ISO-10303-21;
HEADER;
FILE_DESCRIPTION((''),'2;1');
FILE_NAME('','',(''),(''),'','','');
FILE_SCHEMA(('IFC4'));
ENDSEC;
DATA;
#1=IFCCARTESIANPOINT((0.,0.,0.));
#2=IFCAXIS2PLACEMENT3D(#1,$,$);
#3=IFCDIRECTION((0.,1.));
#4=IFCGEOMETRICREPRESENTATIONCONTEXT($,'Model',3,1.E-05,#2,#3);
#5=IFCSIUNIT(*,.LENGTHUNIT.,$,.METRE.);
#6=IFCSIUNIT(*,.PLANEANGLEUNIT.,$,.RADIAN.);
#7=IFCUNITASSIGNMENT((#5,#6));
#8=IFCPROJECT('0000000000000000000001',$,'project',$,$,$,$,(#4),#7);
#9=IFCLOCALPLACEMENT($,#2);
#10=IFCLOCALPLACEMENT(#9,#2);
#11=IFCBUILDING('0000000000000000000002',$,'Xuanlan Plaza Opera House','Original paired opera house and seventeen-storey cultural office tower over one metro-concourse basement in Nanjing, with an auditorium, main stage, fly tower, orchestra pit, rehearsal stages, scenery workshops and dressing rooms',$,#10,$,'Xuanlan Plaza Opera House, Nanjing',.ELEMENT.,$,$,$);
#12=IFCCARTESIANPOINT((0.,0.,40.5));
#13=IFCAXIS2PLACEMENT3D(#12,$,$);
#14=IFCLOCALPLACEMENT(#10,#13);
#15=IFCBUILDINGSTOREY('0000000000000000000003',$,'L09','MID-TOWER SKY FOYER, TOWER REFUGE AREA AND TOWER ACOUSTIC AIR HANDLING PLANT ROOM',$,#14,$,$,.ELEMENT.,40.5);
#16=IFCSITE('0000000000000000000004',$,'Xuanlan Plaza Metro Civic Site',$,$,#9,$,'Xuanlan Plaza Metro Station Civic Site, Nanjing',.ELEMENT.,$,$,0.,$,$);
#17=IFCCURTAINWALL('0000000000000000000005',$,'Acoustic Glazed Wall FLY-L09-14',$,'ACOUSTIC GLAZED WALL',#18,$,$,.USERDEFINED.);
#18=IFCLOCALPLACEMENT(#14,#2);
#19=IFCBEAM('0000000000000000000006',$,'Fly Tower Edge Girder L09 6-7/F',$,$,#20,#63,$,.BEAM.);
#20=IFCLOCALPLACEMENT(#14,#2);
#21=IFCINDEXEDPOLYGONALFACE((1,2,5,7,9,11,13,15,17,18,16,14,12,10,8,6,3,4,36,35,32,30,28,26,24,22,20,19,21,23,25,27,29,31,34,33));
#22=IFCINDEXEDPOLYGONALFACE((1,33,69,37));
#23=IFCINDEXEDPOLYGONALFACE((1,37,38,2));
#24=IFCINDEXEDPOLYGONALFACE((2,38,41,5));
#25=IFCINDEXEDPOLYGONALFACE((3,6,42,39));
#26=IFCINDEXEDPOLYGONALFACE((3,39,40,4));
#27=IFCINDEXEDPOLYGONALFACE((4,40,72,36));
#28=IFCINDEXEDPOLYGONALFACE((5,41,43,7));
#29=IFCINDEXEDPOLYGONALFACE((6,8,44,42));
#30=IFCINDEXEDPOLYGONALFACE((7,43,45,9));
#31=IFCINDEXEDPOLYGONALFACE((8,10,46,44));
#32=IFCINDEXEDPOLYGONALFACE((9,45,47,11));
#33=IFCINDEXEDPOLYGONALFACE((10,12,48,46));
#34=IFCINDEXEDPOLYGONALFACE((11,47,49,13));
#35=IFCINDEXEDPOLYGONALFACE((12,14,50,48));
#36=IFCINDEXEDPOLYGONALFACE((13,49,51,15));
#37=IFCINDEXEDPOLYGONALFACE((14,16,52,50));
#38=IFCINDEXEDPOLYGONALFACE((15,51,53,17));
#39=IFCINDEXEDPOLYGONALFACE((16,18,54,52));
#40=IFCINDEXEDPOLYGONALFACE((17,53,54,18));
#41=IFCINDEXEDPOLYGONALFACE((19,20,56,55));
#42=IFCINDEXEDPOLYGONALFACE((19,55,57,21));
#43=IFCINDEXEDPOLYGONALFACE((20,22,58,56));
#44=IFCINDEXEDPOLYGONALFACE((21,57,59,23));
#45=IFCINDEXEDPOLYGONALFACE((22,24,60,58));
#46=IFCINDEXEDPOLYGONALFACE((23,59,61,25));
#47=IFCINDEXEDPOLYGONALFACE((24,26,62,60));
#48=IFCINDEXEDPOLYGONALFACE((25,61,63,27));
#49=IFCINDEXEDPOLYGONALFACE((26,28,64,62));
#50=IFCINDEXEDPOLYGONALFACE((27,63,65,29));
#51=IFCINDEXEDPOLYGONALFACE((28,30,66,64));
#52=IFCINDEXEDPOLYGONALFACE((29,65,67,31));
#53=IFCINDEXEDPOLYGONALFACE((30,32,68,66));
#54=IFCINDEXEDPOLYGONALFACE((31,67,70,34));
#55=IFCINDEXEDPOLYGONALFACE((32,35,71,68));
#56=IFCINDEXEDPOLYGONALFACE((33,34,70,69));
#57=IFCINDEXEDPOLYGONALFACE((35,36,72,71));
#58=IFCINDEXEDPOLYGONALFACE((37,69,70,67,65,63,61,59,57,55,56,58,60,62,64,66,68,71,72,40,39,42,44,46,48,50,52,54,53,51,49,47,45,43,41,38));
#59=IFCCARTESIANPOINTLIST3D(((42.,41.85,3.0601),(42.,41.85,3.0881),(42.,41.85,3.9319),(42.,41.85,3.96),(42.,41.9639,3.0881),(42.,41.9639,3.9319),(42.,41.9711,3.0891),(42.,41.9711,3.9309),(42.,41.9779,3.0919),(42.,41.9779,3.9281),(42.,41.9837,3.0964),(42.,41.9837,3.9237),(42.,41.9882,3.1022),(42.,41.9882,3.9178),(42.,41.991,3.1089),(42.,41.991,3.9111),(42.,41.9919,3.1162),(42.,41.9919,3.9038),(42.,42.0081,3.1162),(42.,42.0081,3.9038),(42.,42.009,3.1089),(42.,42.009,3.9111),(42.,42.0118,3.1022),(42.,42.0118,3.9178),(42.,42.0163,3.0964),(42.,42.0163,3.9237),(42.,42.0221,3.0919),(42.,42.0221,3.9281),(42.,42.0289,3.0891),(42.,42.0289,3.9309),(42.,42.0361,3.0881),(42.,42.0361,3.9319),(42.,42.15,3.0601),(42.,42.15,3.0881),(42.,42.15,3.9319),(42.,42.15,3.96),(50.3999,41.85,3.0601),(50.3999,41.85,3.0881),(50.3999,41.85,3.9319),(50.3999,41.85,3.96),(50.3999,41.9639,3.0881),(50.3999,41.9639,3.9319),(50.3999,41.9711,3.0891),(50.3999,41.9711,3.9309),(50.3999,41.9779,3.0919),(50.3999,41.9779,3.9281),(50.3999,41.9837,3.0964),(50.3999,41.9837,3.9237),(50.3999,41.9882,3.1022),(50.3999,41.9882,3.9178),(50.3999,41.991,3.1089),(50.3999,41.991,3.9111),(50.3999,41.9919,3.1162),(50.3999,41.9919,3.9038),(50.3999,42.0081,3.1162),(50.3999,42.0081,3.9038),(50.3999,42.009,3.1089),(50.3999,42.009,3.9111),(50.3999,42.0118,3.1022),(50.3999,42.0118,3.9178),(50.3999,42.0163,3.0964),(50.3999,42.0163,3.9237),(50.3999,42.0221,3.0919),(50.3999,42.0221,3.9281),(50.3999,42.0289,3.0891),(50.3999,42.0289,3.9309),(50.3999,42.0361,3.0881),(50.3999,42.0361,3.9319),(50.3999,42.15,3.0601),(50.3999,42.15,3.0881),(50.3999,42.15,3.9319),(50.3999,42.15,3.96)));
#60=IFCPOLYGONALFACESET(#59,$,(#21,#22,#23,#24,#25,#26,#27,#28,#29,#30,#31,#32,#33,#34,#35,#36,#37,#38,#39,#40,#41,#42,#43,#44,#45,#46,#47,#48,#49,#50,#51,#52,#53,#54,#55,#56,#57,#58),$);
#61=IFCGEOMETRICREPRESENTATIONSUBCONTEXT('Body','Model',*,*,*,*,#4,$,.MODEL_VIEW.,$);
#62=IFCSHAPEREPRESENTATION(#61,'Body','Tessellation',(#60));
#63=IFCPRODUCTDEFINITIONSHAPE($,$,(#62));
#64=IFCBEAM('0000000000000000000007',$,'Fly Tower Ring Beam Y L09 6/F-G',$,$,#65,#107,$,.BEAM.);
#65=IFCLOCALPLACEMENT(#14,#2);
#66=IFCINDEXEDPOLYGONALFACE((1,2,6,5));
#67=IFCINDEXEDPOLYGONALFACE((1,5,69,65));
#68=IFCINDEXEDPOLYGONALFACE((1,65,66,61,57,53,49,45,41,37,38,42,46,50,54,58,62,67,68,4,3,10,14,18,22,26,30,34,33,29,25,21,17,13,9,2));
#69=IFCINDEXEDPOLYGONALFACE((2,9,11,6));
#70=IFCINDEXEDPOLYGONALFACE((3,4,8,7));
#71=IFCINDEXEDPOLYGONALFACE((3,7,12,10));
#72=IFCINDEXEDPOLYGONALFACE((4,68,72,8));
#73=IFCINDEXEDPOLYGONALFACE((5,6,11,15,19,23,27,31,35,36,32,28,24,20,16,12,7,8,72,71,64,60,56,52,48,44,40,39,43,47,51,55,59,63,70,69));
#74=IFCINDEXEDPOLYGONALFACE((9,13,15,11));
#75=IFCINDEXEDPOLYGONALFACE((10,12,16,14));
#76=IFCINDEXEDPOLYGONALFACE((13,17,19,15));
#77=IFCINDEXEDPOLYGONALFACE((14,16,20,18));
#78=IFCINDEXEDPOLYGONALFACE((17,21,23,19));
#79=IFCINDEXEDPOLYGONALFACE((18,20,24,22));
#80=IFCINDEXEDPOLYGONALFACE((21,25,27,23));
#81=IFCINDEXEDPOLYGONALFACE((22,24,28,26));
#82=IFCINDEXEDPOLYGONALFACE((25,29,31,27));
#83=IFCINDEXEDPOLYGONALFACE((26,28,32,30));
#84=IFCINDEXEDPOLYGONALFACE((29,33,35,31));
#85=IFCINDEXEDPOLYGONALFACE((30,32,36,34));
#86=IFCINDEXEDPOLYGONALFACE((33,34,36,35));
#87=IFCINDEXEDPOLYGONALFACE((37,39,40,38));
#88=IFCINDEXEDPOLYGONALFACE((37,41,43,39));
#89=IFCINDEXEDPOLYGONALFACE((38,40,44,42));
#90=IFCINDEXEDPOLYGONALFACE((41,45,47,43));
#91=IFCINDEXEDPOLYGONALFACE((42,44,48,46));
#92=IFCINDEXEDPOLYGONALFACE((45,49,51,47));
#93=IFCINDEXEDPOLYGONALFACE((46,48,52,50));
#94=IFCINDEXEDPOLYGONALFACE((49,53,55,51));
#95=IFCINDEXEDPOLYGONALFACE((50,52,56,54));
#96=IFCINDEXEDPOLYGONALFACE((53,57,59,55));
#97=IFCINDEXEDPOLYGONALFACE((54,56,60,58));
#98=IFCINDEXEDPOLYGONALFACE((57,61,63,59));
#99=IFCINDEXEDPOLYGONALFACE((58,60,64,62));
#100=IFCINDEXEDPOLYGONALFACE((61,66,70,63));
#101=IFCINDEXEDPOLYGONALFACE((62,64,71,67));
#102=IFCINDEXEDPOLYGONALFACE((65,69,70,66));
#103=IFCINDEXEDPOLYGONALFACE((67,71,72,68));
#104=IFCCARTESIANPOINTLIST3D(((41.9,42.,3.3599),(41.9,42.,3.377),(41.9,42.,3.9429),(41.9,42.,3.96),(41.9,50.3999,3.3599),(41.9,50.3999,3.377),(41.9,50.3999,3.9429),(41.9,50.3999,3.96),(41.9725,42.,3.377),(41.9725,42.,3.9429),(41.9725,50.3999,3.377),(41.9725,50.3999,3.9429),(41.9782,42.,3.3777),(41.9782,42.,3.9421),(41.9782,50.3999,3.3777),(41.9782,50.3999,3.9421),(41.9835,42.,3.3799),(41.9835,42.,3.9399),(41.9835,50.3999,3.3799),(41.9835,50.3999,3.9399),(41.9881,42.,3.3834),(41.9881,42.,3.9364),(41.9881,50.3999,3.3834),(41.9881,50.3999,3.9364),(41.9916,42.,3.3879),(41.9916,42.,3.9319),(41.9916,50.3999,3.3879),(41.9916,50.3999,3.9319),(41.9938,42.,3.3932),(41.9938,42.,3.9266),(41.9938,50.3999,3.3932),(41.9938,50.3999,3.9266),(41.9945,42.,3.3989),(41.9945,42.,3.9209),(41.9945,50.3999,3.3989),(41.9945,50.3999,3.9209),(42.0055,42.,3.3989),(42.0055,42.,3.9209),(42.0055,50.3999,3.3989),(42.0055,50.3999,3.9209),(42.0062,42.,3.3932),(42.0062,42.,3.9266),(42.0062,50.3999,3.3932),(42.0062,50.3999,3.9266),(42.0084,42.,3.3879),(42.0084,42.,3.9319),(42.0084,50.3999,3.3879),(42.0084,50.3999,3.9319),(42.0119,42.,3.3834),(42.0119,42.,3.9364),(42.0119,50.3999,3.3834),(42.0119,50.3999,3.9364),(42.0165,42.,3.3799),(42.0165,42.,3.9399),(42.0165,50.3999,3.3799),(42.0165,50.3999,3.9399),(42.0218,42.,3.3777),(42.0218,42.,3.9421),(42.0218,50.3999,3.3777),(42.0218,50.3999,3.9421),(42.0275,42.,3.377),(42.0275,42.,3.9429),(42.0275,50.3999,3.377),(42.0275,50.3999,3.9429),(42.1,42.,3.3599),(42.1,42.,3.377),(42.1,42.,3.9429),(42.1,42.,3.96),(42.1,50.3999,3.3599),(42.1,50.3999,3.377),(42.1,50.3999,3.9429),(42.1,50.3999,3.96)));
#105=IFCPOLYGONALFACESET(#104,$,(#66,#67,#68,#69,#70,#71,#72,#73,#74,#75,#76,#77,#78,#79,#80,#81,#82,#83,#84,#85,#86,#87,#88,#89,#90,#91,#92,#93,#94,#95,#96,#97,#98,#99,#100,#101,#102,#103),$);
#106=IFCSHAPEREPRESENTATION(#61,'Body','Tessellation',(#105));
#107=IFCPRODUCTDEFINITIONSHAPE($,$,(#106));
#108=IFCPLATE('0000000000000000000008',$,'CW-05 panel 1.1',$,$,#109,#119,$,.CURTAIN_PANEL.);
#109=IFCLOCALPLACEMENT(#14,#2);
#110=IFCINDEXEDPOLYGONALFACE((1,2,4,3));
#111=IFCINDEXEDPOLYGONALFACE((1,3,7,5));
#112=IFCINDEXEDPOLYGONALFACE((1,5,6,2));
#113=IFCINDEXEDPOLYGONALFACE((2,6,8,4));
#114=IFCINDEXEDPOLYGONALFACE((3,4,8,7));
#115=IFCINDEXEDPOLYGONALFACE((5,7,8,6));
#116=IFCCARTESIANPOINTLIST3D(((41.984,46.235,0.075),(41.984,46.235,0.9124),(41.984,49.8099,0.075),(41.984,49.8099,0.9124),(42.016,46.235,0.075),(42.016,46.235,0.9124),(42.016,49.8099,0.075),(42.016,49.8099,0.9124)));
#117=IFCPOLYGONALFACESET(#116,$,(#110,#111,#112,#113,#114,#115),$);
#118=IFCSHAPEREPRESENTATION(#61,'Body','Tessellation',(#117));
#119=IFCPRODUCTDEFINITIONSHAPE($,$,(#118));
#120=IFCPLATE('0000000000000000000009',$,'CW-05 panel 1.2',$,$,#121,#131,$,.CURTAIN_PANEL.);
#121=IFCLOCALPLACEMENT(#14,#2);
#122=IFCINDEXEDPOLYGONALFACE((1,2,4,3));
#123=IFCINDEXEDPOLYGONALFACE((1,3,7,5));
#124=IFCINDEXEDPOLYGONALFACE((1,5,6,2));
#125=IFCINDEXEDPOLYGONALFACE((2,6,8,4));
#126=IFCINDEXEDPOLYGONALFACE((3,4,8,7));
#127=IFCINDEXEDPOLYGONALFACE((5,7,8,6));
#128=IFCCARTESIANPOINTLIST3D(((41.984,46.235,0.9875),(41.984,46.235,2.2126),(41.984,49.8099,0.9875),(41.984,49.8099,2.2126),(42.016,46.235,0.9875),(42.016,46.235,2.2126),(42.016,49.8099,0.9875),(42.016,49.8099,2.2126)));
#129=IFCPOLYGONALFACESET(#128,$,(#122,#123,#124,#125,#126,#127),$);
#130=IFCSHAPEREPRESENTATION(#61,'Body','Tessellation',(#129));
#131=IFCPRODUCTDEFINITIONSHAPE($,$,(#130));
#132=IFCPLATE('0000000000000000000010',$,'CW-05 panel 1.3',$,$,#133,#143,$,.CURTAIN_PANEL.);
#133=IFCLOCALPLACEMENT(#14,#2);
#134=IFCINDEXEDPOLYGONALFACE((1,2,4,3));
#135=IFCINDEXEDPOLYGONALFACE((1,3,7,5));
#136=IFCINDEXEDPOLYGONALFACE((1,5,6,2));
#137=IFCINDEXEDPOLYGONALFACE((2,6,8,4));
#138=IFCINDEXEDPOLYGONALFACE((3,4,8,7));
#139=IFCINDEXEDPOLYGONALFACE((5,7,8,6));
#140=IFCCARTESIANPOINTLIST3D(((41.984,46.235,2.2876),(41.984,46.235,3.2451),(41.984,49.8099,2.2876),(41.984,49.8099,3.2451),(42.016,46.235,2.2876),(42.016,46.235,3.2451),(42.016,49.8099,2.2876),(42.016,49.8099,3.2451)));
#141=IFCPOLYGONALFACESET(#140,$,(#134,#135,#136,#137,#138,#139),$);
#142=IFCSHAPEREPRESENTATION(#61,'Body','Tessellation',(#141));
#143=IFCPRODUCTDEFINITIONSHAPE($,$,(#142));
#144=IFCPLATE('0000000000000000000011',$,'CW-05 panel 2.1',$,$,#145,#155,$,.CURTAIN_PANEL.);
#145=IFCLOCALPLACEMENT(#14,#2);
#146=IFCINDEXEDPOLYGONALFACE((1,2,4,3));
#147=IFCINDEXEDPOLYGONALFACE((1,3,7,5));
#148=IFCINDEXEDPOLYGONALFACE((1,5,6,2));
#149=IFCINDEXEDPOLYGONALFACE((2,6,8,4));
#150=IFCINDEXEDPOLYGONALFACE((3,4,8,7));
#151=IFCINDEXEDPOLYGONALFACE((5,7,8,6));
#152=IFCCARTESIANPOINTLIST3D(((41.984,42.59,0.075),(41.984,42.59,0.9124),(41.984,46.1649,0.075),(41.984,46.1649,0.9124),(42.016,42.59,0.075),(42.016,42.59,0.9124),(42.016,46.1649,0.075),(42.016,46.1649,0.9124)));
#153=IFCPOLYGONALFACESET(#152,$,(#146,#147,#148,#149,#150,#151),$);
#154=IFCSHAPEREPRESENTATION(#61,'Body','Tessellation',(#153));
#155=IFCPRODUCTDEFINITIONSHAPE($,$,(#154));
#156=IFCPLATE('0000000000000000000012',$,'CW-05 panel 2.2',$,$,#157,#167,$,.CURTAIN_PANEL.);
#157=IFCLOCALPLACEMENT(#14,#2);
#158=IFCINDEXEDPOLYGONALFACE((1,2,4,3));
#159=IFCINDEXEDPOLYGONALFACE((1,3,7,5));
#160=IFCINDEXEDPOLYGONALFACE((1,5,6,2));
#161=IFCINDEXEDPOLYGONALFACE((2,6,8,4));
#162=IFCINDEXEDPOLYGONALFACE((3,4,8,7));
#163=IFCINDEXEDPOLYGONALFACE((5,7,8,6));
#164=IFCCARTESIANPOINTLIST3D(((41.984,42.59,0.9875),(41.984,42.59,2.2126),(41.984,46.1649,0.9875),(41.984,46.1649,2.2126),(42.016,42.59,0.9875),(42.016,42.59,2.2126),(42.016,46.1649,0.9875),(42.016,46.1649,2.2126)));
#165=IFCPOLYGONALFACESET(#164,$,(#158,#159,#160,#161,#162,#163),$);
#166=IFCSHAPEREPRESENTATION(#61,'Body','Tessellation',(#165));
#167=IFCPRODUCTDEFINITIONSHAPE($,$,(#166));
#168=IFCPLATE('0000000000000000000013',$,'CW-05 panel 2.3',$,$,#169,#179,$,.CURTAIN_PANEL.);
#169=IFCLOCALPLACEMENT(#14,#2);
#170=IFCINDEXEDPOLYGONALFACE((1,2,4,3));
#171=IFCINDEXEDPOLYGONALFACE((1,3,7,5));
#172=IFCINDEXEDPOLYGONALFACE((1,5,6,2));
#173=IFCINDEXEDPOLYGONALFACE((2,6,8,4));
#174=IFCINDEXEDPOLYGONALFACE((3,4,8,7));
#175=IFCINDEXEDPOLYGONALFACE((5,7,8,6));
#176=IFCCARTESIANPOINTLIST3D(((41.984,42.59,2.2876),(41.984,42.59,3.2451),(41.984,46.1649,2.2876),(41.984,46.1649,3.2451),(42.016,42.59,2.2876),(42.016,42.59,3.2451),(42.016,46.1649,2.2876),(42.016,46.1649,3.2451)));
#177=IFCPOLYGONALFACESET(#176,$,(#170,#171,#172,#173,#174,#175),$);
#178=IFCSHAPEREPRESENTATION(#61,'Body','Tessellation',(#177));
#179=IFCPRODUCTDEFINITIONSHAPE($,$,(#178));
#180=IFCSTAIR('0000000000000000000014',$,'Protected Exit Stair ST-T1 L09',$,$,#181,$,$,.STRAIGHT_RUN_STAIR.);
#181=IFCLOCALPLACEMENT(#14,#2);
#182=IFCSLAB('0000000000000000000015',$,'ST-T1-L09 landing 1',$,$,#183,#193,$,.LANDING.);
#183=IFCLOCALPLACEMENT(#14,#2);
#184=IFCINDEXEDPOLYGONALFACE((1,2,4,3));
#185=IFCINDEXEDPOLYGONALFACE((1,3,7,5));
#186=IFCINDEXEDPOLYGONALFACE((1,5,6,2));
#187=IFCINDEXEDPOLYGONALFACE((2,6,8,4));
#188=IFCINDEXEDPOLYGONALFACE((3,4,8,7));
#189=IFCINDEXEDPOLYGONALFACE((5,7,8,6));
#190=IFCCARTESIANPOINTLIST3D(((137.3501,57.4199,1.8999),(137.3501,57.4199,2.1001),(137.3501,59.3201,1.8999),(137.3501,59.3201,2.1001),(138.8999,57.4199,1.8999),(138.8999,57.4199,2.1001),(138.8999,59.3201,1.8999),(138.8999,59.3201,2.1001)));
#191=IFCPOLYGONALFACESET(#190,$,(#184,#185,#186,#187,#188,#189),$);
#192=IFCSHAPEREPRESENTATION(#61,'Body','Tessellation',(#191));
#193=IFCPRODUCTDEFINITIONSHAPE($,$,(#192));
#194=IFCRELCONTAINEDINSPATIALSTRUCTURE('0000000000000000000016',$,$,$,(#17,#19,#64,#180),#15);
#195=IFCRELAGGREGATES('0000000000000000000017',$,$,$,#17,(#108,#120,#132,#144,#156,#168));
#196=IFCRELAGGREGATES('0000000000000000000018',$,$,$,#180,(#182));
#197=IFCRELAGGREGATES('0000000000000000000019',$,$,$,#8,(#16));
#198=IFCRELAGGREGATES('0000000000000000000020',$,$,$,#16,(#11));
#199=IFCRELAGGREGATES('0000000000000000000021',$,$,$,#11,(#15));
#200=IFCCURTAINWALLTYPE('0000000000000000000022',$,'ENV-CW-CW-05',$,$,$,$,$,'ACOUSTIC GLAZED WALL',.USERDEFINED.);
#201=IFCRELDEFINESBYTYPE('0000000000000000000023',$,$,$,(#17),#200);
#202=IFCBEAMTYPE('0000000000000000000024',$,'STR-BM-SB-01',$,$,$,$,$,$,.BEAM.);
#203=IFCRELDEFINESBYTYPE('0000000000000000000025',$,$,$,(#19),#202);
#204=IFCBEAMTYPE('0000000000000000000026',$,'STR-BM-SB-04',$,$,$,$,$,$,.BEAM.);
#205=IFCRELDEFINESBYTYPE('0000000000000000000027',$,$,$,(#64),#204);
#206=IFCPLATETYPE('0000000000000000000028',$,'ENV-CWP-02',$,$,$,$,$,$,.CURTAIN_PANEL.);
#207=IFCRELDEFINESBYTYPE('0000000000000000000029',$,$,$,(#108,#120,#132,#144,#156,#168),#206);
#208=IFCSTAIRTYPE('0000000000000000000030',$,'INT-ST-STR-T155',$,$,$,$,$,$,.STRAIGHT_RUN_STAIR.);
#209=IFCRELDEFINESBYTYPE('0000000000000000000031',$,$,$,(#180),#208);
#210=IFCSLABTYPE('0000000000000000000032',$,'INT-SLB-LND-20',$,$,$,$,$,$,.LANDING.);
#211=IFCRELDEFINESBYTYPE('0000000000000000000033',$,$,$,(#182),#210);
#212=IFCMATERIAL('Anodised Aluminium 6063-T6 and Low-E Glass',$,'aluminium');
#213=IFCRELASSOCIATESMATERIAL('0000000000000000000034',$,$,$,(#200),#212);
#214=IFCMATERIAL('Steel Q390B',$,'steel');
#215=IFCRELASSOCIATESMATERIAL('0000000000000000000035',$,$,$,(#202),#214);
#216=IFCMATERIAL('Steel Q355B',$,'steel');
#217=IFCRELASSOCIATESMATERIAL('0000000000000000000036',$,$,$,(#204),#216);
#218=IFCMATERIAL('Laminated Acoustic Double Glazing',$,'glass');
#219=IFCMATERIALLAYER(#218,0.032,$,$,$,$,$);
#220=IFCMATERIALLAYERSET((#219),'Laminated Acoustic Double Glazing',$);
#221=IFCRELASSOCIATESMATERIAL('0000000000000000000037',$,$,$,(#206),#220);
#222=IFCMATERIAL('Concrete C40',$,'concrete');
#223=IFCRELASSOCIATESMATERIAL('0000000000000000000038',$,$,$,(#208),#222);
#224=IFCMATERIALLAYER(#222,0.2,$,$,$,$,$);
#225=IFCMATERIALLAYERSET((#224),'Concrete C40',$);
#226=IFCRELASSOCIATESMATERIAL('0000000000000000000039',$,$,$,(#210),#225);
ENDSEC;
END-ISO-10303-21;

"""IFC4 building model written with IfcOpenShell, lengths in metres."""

from ifc_helpers import new_model, si_unit, direction, frame, origin, origin_2d, place, context, subcontext, project, spatial, polyline, rectangle, i_section, outline, extrude, material, layer, layer_set, material_profile, profile_set, type_object, element, aggregate, save


model = new_model("IFC4")

# Units and contexts
model_context = context("Model", 3, precision=1e-05, world=origin(), true_north=direction((0.0, 1.0)))
body_context = subcontext(model_context, "Body", "Model", "MODEL_VIEW")
ifc_project = project(units=[si_unit("LENGTHUNIT", "METRE"), si_unit("PLANEANGLEUNIT", "RADIAN")], contexts=[model_context])

# Site, building, storey
site_placement = place(None, origin())
site = spatial("IfcSite", under=ifc_project, at=site_placement, Name="Xuanlan Plaza Metro Civic Site", LongName="Xuanlan Plaza Metro Station Civic Site, Nanjing", CompositionType="ELEMENT", RefElevation=0.0)
building_placement = place(site_placement, origin())
building = spatial("IfcBuilding", under=site, at=building_placement, Name="Xuanlan Plaza Opera House", Description="Original paired opera house and seventeen-storey cultural office tower over one metro-concourse basement in Nanjing, with an auditorium, main stage, fly tower, orchestra pit, rehearsal stages, scenery workshops and dressing rooms", LongName="Xuanlan Plaza Opera House, Nanjing", CompositionType="ELEMENT")
storey_placement = place(building_placement, frame((0.0, 0.0, 40.5)))
storey = spatial("IfcBuildingStorey", under=building, at=storey_placement, Name="L09", Description="MID-TOWER SKY FOYER, TOWER REFUGE AREA AND TOWER ACOUSTIC AIR HANDLING PLANT ROOM", CompositionType="ELEMENT", Elevation=40.5)

# Shared definitions
ifc_material_1 = material(Name="Anodised Aluminium 6063-T6 and Low-E Glass", Category="aluminium")
curtain_wall_type = type_object("IfcCurtainWallType", Name="ENV-CW-CW-05", ElementType="ACOUSTIC GLAZED WALL", PredefinedType="USERDEFINED", material=ifc_material_1)

# Curtain wall
curtain_wall_1_placement = place(storey_placement, origin())
curtain_wall_1 = element("IfcCurtainWall", 1, at=curtain_wall_1_placement, inside=storey, type_object=curtain_wall_type, Name="Acoustic Glazed Wall FLY-L09-14", ObjectType="ACOUSTIC GLAZED WALL", PredefinedType="USERDEFINED")

# Beams
ifc_material_2 = material(Name="Steel Q390B", Category="steel")
ifc_material_profile_1 = material_profile(ifc_material_2, i_section(OverallWidth=0.3, OverallDepth=0.8999, WebThickness=0.0161, FlangeThickness=0.0281, FilletRadius=0.0281, at=origin_2d()), Name="HN 900x300x16x28")
ifc_profile_set_1 = profile_set([ifc_material_profile_1], Name="Steel Q390B")
beam_type_1 = type_object("IfcBeamType", Name="STR-BM-SB-01", PredefinedType="BEAM", material=ifc_profile_set_1)
beam_1_placement = place(storey_placement, frame((42.0, 42.0, 3.51), z_axis=(1.0, 0.0, 0.0), x_axis=(0.0, 1.0, 0.0)))
element("IfcBeam", 2, at=beam_1_placement, inside=storey, type_object=beam_type_1, Name="Fly Tower Edge Girder L09 6-7/F", PredefinedType="BEAM", context=body_context, shape_type="SweptSolid", body=[
    extrude(i_section(OverallWidth=0.3, OverallDepth=0.8999, WebThickness=0.0161, FlangeThickness=0.0281, FilletRadius=0.0281, at=origin_2d()), origin(), (0.0, 0.0, 1.0), 8.3999),
])
ifc_material_3 = material(Name="Steel Q355B", Category="steel")
ifc_material_profile_2 = material_profile(ifc_material_3, i_section(OverallWidth=0.2, OverallDepth=0.6001, WebThickness=0.011, FlangeThickness=0.0171, FilletRadius=0.022, at=origin_2d()), Name="HN 600x200x11x17")
ifc_profile_set_2 = profile_set([ifc_material_profile_2], Name="Steel Q355B")
beam_type_2 = type_object("IfcBeamType", Name="STR-BM-SB-04", PredefinedType="BEAM", material=ifc_profile_set_2)
beam_2_placement = place(storey_placement, frame((42.0, 42.0, 3.6599), z_axis=(0.0, 1.0, 0.0), x_axis=(-1.0, 0.0, 0.0)))
element("IfcBeam", 3, at=beam_2_placement, inside=storey, type_object=beam_type_2, Name="Fly Tower Ring Beam Y L09 6/F-G", PredefinedType="BEAM", context=body_context, shape_type="SweptSolid", body=[
    extrude(i_section(OverallWidth=0.2, OverallDepth=0.6001, WebThickness=0.011, FlangeThickness=0.0171, FilletRadius=0.022, at=origin_2d()), origin(), (0.0, 0.0, 1.0), 8.3999),
])

# Plates
ifc_material_4 = material(Name="Laminated Acoustic Double Glazing", Category="glass")
ifc_layer_1 = layer(ifc_material_4, 0.032)
ifc_layer_set_1 = layer_set([ifc_layer_1], Name="Laminated Acoustic Double Glazing")
plate_type = type_object("IfcPlateType", Name="ENV-CWP-02", PredefinedType="CURTAIN_PANEL", material=ifc_layer_set_1)
plate_1_placement = place(storey_placement, frame((42.0, 48.0225, 0.075), z_axis=(0.0, 0.0, 1.0), x_axis=(0.0, -1.0, 0.0)))
plate_1 = element("IfcPlate", 4, at=plate_1_placement, type_object=plate_type, Name="CW-05 panel 1.1", PredefinedType="CURTAIN_PANEL", context=body_context, shape_type="SweptSolid", body=[
    extrude(rectangle(XDim=3.575, YDim=0.032, at=origin_2d()), origin(), (0.0, 0.0, 1.0), 0.8374),
])
plate_2_placement = place(storey_placement, frame((42.0, 48.0225, 0.9875), z_axis=(0.0, 0.0, 1.0), x_axis=(0.0, -1.0, 0.0)))
plate_2 = element("IfcPlate", 5, at=plate_2_placement, type_object=plate_type, Name="CW-05 panel 1.2", PredefinedType="CURTAIN_PANEL", context=body_context, shape_type="SweptSolid", body=[
    extrude(rectangle(XDim=3.575, YDim=0.032, at=origin_2d()), origin(), (0.0, 0.0, 1.0), 1.2251),
])
plate_3_placement = place(storey_placement, frame((42.0, 48.0225, 2.2876), z_axis=(0.0, 0.0, 1.0), x_axis=(0.0, -1.0, 0.0)))
plate_3 = element("IfcPlate", 6, at=plate_3_placement, type_object=plate_type, Name="CW-05 panel 1.3", PredefinedType="CURTAIN_PANEL", context=body_context, shape_type="SweptSolid", body=[
    extrude(rectangle(XDim=3.575, YDim=0.032, at=origin_2d()), origin(), (0.0, 0.0, 1.0), 0.9575),
])
plate_4_placement = place(storey_placement, frame((42.0, 44.3774, 0.075), z_axis=(0.0, 0.0, 1.0), x_axis=(0.0, -1.0, 0.0)))
plate_4 = element("IfcPlate", 7, at=plate_4_placement, type_object=plate_type, Name="CW-05 panel 2.1", PredefinedType="CURTAIN_PANEL", context=body_context, shape_type="SweptSolid", body=[
    extrude(rectangle(XDim=3.575, YDim=0.032, at=origin_2d()), origin(), (0.0, 0.0, 1.0), 0.8374),
])
plate_5_placement = place(storey_placement, frame((42.0, 44.3774, 0.9875), z_axis=(0.0, 0.0, 1.0), x_axis=(0.0, -1.0, 0.0)))
plate_5 = element("IfcPlate", 8, at=plate_5_placement, type_object=plate_type, Name="CW-05 panel 2.2", PredefinedType="CURTAIN_PANEL", context=body_context, shape_type="SweptSolid", body=[
    extrude(rectangle(XDim=3.575, YDim=0.032, at=origin_2d()), origin(), (0.0, 0.0, 1.0), 1.2251),
])
plate_6_placement = place(storey_placement, frame((42.0, 44.3774, 2.2876), z_axis=(0.0, 0.0, 1.0), x_axis=(0.0, -1.0, 0.0)))
plate_6 = element("IfcPlate", 9, at=plate_6_placement, type_object=plate_type, Name="CW-05 panel 2.3", PredefinedType="CURTAIN_PANEL", context=body_context, shape_type="SweptSolid", body=[
    extrude(rectangle(XDim=3.575, YDim=0.032, at=origin_2d()), origin(), (0.0, 0.0, 1.0), 0.9575),
])
aggregate(curtain_wall_1, [plate_1, plate_2, plate_3, plate_4, plate_5, plate_6])

# Stair, slab
ifc_material_5 = material(Name="Concrete C40", Category="concrete")
stair_type = type_object("IfcStairType", Name="INT-ST-STR-T155", PredefinedType="STRAIGHT_RUN_STAIR", material=ifc_material_5)
stair_1_placement = place(storey_placement, origin())
stair_1 = element("IfcStair", 10, at=stair_1_placement, inside=storey, type_object=stair_type, Name="Protected Exit Stair ST-T1 L09", PredefinedType="STRAIGHT_RUN_STAIR")
ifc_layer_2 = layer(ifc_material_5, 0.2)
ifc_layer_set_2 = layer_set([ifc_layer_2], Name="Concrete C40")
slab_type_1 = type_object("IfcSlabType", Name="INT-SLB-LND-20", PredefinedType="LANDING", material=ifc_layer_set_2)
slab_1_placement = place(storey_placement, frame((0.0, 0.0, 1.8999)))
slab_1 = element("IfcSlab", 11, at=slab_1_placement, type_object=slab_type_1, Name="ST-T1-L09 landing 1", PredefinedType="LANDING", context=body_context, shape_type="SweptSolid", body=[
    extrude(outline(polyline([(137.3501, 57.4199), (138.8999, 57.4199), (138.8999, 59.3201), (137.3501, 59.3201), (137.3501, 57.4199)])), origin(), (0.0, 0.0, 1.0), 0.2002),
])
aggregate(stair_1, [slab_1])

save(model, "model.ifc")
